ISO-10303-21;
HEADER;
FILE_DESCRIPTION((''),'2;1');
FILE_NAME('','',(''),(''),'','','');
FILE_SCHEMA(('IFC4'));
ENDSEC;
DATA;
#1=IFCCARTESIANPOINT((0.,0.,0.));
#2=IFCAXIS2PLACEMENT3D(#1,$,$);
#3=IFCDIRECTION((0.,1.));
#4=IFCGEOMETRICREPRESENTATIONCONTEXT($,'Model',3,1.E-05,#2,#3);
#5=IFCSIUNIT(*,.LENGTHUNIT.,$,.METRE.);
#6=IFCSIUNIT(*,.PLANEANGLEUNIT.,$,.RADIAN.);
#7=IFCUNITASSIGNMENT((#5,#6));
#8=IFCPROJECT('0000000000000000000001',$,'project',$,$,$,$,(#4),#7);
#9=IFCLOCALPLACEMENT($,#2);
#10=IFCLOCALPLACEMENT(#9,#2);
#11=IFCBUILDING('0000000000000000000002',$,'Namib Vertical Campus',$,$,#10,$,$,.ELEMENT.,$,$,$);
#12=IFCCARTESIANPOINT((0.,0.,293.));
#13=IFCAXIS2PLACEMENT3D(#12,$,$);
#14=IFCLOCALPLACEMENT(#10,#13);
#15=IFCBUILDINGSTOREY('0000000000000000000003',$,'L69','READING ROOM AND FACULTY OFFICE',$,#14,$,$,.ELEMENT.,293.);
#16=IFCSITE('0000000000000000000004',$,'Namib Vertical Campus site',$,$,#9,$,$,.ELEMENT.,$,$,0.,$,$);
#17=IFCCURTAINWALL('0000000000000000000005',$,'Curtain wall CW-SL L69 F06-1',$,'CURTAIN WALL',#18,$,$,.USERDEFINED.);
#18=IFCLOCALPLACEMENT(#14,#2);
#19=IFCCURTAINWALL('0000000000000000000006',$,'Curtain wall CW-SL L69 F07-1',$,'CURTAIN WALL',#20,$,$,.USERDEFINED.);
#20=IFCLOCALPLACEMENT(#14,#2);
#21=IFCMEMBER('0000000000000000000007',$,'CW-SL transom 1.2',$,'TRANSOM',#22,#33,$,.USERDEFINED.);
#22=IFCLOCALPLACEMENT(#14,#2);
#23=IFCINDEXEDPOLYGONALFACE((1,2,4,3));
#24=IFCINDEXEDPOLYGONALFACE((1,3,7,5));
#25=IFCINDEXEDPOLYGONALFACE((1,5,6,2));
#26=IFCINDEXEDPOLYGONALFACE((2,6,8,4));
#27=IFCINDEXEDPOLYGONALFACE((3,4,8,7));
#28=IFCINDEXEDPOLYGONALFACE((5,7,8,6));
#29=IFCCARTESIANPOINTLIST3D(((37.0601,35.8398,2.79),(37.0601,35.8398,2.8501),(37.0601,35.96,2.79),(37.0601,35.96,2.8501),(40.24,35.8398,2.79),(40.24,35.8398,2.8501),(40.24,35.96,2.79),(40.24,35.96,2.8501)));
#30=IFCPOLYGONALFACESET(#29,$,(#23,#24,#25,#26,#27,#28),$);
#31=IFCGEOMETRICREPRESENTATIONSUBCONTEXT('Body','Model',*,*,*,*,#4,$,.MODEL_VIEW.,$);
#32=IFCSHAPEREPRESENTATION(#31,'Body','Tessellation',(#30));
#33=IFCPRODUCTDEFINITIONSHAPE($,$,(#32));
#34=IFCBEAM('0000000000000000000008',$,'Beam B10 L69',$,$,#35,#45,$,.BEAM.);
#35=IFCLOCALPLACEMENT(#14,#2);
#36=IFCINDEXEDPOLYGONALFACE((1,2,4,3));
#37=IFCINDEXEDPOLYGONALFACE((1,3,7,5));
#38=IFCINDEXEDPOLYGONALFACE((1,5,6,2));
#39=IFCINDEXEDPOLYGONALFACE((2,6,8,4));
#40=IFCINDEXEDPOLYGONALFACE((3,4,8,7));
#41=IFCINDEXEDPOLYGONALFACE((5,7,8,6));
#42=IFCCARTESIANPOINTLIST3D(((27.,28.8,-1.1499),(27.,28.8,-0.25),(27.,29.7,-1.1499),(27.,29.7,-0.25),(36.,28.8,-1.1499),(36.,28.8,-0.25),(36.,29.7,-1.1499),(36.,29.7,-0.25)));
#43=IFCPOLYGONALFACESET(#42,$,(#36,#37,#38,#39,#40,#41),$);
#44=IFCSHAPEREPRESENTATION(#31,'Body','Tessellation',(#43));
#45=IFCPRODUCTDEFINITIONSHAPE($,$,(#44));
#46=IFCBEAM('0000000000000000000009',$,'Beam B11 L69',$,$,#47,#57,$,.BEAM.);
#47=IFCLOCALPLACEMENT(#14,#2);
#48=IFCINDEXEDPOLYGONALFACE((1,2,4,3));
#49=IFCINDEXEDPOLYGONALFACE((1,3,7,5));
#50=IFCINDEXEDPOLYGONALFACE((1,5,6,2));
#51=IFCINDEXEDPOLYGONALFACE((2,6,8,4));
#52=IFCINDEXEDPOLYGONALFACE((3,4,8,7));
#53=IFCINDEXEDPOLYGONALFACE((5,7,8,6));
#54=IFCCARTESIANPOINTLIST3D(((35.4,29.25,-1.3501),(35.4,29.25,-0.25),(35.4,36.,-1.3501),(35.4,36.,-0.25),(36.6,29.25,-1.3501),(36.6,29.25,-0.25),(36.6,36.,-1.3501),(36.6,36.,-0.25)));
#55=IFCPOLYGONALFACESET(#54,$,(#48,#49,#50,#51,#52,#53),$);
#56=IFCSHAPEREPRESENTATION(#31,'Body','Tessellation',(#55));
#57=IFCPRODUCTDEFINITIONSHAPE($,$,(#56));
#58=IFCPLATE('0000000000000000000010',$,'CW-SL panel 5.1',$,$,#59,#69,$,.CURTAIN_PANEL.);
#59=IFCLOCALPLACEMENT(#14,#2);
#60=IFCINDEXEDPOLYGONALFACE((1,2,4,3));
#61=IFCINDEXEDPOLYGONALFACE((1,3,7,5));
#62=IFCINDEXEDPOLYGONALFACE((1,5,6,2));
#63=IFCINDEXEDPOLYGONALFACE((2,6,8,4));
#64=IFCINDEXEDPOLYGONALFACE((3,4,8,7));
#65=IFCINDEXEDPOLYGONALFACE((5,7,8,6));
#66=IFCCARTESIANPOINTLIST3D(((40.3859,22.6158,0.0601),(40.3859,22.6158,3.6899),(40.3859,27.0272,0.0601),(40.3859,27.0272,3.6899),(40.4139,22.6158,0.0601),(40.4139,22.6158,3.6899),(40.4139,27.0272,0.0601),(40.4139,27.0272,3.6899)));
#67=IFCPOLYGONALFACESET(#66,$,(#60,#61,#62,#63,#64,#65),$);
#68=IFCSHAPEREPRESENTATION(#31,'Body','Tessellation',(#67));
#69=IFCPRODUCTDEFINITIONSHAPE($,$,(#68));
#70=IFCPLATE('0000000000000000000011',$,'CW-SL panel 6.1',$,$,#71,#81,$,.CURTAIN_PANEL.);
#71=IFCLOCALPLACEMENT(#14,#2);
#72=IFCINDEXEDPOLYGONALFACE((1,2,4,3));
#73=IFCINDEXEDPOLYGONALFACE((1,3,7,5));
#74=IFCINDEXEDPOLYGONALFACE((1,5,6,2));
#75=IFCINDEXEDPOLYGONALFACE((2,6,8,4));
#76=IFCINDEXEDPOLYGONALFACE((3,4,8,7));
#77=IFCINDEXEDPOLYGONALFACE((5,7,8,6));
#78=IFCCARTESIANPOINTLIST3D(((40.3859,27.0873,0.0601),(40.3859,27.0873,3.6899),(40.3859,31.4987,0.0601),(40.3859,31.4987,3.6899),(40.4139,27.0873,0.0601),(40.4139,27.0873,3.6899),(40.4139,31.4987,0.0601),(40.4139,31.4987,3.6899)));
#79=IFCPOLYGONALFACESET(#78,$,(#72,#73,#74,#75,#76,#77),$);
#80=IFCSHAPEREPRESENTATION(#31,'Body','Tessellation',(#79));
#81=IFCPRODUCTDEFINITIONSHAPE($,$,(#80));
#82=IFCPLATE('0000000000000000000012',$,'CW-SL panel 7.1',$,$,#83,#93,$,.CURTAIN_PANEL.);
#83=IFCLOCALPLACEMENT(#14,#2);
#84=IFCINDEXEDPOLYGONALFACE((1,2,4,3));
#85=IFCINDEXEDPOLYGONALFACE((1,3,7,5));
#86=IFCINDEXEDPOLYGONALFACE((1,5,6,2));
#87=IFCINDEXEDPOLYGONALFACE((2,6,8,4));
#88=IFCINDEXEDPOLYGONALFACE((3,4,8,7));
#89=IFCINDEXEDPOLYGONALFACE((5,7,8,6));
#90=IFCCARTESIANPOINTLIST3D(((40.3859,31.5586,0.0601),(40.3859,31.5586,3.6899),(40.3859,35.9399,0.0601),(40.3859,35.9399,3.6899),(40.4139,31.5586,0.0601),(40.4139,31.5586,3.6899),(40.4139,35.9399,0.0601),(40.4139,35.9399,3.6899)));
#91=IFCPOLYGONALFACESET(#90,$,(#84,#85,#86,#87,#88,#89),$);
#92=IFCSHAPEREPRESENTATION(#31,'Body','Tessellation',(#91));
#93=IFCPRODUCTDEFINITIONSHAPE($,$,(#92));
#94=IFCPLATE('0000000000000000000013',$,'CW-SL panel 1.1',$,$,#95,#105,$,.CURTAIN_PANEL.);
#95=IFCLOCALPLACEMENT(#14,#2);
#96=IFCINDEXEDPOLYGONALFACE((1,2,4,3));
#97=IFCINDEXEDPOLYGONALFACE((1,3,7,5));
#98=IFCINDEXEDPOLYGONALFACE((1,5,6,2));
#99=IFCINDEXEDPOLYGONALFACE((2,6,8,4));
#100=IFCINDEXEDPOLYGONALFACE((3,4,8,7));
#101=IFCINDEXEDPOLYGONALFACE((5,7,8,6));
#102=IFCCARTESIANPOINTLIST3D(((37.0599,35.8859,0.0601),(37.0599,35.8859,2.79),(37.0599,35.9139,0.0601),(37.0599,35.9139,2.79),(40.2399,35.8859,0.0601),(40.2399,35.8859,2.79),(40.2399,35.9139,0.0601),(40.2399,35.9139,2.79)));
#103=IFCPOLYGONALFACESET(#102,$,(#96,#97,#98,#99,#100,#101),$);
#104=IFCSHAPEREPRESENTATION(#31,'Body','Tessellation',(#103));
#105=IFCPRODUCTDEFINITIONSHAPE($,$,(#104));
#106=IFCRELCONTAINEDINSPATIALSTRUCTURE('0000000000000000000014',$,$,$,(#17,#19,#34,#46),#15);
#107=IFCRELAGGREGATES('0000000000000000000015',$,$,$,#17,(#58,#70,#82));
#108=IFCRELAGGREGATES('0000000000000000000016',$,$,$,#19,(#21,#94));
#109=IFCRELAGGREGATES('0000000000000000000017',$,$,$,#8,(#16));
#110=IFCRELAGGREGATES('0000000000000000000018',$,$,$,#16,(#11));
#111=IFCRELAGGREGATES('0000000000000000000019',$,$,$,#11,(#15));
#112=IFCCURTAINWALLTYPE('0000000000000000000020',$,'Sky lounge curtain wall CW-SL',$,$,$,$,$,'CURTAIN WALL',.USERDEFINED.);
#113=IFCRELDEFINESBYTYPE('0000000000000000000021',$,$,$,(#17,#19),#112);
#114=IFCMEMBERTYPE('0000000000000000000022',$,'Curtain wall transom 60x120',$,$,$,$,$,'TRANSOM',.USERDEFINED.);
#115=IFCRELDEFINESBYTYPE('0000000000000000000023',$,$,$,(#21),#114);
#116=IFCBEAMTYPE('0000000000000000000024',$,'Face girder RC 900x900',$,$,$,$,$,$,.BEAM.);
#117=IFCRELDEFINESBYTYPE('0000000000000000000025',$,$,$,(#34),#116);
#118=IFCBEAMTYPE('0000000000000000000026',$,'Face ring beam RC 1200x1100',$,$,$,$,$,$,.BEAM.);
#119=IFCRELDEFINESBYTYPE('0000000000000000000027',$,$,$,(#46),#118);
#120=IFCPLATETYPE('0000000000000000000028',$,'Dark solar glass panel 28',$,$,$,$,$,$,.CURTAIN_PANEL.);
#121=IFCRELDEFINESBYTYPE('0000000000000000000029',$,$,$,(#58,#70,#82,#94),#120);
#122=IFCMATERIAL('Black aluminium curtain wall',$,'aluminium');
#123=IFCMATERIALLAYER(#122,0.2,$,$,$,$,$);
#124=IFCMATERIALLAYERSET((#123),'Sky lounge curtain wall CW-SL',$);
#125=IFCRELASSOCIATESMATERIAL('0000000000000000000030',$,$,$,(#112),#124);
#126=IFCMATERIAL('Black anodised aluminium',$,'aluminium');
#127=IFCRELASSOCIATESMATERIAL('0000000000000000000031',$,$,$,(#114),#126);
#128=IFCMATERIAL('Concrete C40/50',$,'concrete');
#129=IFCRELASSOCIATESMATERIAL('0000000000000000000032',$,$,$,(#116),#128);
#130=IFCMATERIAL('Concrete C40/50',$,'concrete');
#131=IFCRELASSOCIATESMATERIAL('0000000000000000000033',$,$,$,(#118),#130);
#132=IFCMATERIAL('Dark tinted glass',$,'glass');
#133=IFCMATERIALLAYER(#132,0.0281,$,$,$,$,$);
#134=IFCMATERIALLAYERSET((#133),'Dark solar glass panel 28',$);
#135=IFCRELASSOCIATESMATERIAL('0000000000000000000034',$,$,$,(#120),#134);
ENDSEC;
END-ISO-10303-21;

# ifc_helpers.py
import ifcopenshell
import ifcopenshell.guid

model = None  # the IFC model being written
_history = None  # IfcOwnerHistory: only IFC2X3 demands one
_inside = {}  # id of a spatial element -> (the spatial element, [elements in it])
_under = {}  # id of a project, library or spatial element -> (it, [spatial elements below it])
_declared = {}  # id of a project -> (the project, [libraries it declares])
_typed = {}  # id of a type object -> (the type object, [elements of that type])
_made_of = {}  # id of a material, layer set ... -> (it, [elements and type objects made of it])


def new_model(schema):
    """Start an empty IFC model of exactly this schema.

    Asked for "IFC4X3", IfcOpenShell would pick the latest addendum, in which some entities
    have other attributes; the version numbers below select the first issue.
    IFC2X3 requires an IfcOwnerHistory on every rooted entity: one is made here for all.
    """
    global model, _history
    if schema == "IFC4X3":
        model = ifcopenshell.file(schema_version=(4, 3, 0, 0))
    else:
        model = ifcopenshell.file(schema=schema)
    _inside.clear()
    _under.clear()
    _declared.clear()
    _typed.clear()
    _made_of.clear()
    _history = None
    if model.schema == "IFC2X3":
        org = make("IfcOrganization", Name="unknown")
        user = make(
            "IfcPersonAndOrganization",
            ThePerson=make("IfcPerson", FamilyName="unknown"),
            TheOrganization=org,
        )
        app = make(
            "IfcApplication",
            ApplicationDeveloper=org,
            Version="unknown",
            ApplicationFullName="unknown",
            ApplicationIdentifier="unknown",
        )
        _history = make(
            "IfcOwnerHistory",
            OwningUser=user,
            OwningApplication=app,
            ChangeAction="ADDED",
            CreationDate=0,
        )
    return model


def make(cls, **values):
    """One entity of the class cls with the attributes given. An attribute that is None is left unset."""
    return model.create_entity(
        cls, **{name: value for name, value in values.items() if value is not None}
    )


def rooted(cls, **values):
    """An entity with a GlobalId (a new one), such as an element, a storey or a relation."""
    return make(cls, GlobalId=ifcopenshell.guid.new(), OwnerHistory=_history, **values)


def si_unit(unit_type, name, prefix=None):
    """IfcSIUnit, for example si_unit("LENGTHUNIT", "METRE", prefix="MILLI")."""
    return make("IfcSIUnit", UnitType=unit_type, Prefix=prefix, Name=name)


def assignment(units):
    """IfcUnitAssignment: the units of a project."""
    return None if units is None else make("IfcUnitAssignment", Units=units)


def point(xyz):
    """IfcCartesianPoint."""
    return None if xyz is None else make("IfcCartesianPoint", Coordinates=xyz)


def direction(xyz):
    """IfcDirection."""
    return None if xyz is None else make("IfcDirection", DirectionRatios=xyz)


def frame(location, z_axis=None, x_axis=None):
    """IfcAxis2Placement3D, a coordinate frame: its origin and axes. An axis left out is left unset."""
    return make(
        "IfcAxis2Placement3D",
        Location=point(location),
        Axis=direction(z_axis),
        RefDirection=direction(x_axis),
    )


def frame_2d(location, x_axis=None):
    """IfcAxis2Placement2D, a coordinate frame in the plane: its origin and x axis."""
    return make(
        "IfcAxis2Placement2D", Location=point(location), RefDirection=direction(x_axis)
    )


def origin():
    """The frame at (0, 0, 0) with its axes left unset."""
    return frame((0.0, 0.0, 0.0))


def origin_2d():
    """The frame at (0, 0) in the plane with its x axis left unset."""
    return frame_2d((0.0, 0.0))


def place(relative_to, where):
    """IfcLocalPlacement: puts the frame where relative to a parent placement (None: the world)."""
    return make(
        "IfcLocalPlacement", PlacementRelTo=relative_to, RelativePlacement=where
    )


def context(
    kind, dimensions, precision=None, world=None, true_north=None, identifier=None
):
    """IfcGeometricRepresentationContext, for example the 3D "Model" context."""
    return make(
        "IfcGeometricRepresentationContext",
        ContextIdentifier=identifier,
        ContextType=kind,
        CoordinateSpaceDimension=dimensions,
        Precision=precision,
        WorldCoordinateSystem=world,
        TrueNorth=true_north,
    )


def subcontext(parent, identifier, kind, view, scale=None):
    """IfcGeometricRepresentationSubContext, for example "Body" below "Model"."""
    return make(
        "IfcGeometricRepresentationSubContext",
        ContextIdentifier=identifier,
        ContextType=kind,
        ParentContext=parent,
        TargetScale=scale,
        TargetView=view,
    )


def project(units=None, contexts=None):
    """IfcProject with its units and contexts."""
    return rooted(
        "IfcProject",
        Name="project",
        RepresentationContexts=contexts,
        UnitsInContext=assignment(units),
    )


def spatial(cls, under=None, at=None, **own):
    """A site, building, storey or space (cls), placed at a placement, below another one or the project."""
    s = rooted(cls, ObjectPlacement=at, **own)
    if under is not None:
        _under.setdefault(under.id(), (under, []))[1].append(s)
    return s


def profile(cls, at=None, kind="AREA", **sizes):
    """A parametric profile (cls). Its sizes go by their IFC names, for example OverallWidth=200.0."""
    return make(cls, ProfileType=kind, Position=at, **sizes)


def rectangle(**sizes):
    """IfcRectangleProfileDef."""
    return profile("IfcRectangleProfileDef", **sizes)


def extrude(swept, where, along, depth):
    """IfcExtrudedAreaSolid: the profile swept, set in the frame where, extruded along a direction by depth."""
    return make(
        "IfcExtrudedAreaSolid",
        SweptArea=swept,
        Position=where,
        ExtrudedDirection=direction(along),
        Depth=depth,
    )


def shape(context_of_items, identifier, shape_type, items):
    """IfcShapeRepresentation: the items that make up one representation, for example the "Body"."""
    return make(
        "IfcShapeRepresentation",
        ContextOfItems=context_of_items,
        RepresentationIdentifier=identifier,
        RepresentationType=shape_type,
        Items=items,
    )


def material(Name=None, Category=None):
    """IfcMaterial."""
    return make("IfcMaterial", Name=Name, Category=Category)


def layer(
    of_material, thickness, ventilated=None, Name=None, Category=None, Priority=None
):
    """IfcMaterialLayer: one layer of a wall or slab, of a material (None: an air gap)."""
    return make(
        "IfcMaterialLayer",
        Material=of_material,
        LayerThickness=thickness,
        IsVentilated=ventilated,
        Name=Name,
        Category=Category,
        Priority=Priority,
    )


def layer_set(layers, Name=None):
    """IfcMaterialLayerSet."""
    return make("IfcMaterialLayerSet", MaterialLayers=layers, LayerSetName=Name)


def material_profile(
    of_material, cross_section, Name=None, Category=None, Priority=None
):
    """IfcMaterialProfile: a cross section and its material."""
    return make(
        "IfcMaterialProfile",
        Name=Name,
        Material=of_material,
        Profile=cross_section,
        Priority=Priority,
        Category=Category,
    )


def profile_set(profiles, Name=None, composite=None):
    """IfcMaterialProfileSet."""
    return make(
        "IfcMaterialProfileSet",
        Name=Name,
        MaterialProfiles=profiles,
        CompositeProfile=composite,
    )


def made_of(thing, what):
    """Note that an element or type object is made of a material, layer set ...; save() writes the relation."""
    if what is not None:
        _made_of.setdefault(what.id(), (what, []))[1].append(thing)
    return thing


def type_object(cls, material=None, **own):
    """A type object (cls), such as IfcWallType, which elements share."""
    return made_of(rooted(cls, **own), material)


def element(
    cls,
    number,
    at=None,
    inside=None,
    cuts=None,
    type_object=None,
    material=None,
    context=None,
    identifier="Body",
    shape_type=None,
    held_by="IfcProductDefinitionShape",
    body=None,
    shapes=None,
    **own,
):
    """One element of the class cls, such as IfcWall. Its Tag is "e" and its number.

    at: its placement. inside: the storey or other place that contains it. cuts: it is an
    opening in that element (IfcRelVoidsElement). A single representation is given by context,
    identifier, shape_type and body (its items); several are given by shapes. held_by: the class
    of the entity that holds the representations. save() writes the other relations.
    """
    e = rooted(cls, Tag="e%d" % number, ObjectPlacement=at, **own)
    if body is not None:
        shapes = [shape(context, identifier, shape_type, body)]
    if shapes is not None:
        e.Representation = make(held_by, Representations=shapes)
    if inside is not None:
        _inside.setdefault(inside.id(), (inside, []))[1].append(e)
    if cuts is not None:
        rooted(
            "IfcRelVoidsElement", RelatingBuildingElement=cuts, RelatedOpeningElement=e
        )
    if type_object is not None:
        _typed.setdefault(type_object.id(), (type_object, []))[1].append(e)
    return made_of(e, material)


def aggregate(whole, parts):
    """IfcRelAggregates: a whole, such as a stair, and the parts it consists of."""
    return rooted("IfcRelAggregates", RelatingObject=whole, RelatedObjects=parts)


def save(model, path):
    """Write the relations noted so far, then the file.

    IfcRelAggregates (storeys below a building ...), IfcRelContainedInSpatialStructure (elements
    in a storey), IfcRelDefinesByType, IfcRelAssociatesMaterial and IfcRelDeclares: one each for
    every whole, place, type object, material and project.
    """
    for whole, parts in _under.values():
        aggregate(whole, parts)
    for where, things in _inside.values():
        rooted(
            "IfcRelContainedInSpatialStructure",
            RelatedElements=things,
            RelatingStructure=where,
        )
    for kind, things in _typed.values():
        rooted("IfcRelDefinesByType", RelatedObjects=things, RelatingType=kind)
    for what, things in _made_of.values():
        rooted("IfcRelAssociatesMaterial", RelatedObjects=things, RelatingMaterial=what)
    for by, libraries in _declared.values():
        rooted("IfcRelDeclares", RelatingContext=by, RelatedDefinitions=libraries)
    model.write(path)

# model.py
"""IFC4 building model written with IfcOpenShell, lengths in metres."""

from ifc_helpers import new_model, si_unit, direction, frame, origin, origin_2d, place, context, subcontext, project, spatial, rectangle, extrude, material, layer, layer_set, material_profile, profile_set, type_object, element, aggregate, save


model = new_model("IFC4")

# Units and contexts
model_context = context("Model", 3, precision=1e-05, world=origin(), true_north=direction((0.0, 1.0)))
body_context = subcontext(model_context, "Body", "Model", "MODEL_VIEW")
ifc_project = project(units=[si_unit("LENGTHUNIT", "METRE"), si_unit("PLANEANGLEUNIT", "RADIAN")], contexts=[model_context])

# Site, building, storey
site_placement = place(None, origin())
site = spatial("IfcSite", under=ifc_project, at=site_placement, Name="Namib Vertical Campus site", CompositionType="ELEMENT", RefElevation=0.0)
building_placement = place(site_placement, origin())
building = spatial("IfcBuilding", under=site, at=building_placement, Name="Namib Vertical Campus", CompositionType="ELEMENT")
storey_placement = place(building_placement, frame((0.0, 0.0, 293.0)))
storey = spatial("IfcBuildingStorey", under=building, at=storey_placement, Name="L69", Description="READING ROOM AND FACULTY OFFICE", CompositionType="ELEMENT", Elevation=293.0)

# Curtain walls
ifc_material_1 = material(Name="Black aluminium curtain wall", Category="aluminium")
ifc_layer_1 = layer(ifc_material_1, 0.2)
ifc_layer_set_1 = layer_set([ifc_layer_1], Name="Sky lounge curtain wall CW-SL")
curtain_wall_type = type_object("IfcCurtainWallType", Name="Sky lounge curtain wall CW-SL", ElementType="CURTAIN WALL", PredefinedType="USERDEFINED", material=ifc_layer_set_1)
curtain_wall_1_placement = place(storey_placement, origin())
curtain_wall_1 = element("IfcCurtainWall", 1, at=curtain_wall_1_placement, inside=storey, type_object=curtain_wall_type, Name="Curtain wall CW-SL L69 F06-1", ObjectType="CURTAIN WALL", PredefinedType="USERDEFINED")
curtain_wall_2_placement = place(storey_placement, origin())
curtain_wall_2 = element("IfcCurtainWall", 2, at=curtain_wall_2_placement, inside=storey, type_object=curtain_wall_type, Name="Curtain wall CW-SL L69 F07-1", ObjectType="CURTAIN WALL", PredefinedType="USERDEFINED")

# Member
ifc_material_2 = material(Name="Black anodised aluminium", Category="aluminium")
ifc_material_profile_1 = material_profile(ifc_material_2, rectangle(XDim=0.0601, YDim=0.1201, at=origin_2d()))
ifc_profile_set_1 = profile_set([ifc_material_profile_1], Name="Black anodised aluminium")
member_type_1 = type_object("IfcMemberType", Name="Curtain wall transom 60x120", ElementType="TRANSOM", PredefinedType="USERDEFINED", material=ifc_profile_set_1)
member_1_placement = place(storey_placement, frame((40.24, 35.8999, 2.8201), z_axis=(-1.0, 0.0, 0.0), x_axis=(0.0, 0.0, 1.0)))
member_1 = element("IfcMember", 3, at=member_1_placement, type_object=member_type_1, Name="CW-SL transom 1.2", ObjectType="TRANSOM", PredefinedType="USERDEFINED", context=body_context, shape_type="SweptSolid", body=[
    extrude(rectangle(XDim=0.0601, YDim=0.1201, at=origin_2d()), origin(), (0.0, 0.0, 1.0), 3.1799),
])

# Beams
ifc_material_3 = material(Name="Concrete C40/50", Category="concrete")
ifc_material_profile_2 = material_profile(ifc_material_3, rectangle(XDim=0.8999, YDim=0.8999, at=origin_2d()))
ifc_profile_set_2 = profile_set([ifc_material_profile_2], Name="Concrete C40/50")
beam_type_1 = type_object("IfcBeamType", Name="Face girder RC 900x900", PredefinedType="BEAM", material=ifc_profile_set_2)
beam_1_placement = place(storey_placement, frame((36.0, 29.25, -0.7), z_axis=(-1.0, 0.0, 0.0), x_axis=(0.0, -1.0, 0.0)))
element("IfcBeam", 4, at=beam_1_placement, inside=storey, type_object=beam_type_1, Name="Beam B10 L69", PredefinedType="BEAM", context=body_context, shape_type="SweptSolid", body=[
    extrude(rectangle(XDim=0.8999, YDim=0.8999, at=origin_2d()), origin(), (0.0, 0.0, 1.0), 9.0),
])
ifc_material_4 = material(Name="Concrete C40/50", Category="concrete")
ifc_material_profile_3 = material_profile(ifc_material_4, rectangle(XDim=1.2, YDim=1.1001, at=origin_2d()))
ifc_profile_set_3 = profile_set([ifc_material_profile_3], Name="Concrete C40/50")
beam_type_2 = type_object("IfcBeamType", Name="Face ring beam RC 1200x1100", PredefinedType="BEAM", material=ifc_profile_set_3)
beam_2_placement = place(storey_placement, frame((36.0, 29.25, -0.8), z_axis=(0.0, 1.0, 0.0), x_axis=(-1.0, 0.0, 0.0)))
element("IfcBeam", 5, at=beam_2_placement, inside=storey, type_object=beam_type_2, Name="Beam B11 L69", PredefinedType="BEAM", context=body_context, shape_type="SweptSolid", body=[
    extrude(rectangle(XDim=1.2, YDim=1.1001, at=origin_2d()), origin(), (0.0, 0.0, 1.0), 6.75),
])

# Plates
ifc_material_5 = material(Name="Dark tinted glass", Category="glass")
ifc_layer_2 = layer(ifc_material_5, 0.0281)
ifc_layer_set_2 = layer_set([ifc_layer_2], Name="Dark solar glass panel 28")
plate_type = type_object("IfcPlateType", Name="Dark solar glass panel 28", PredefinedType="CURTAIN_PANEL", material=ifc_layer_set_2)
plate_1_placement = place(storey_placement, frame((40.3999, 24.8215, 0.0601), z_axis=(0.0, 0.0, 1.0), x_axis=(0.0, 1.0, 0.0)))
plate_1 = element("IfcPlate", 6, at=plate_1_placement, type_object=plate_type, Name="CW-SL panel 5.1", PredefinedType="CURTAIN_PANEL", context=body_context, shape_type="SweptSolid", body=[
    extrude(rectangle(XDim=4.4114, YDim=0.0281, at=origin_2d()), origin(), (0.0, 0.0, 1.0), 3.6299),
])
plate_2_placement = place(storey_placement, frame((40.3999, 29.293, 0.0601), z_axis=(0.0, 0.0, 1.0), x_axis=(0.0, 1.0, 0.0)))
plate_2 = element("IfcPlate", 7, at=plate_2_placement, type_object=plate_type, Name="CW-SL panel 6.1", PredefinedType="CURTAIN_PANEL", context=body_context, shape_type="SweptSolid", body=[
    extrude(rectangle(XDim=4.4114, YDim=0.0281, at=origin_2d()), origin(), (0.0, 0.0, 1.0), 3.6299),
])
plate_3_placement = place(storey_placement, frame((40.3999, 33.7493, 0.0601), z_axis=(0.0, 0.0, 1.0), x_axis=(0.0, 1.0, 0.0)))
plate_3 = element("IfcPlate", 8, at=plate_3_placement, type_object=plate_type, Name="CW-SL panel 7.1", PredefinedType="CURTAIN_PANEL", context=body_context, shape_type="SweptSolid", body=[
    extrude(rectangle(XDim=4.3813, YDim=0.0281, at=origin_2d()), origin(), (0.0, 0.0, 1.0), 3.6299),
])
aggregate(curtain_wall_1, [plate_1, plate_2, plate_3])
plate_4_placement = place(storey_placement, frame((38.6499, 35.8999, 0.0601), z_axis=(0.0, 0.0, 1.0), x_axis=(-1.0, 0.0, 0.0)))
plate_4 = element("IfcPlate", 9, at=plate_4_placement, type_object=plate_type, Name="CW-SL panel 1.1", PredefinedType="CURTAIN_PANEL", context=body_context, shape_type="SweptSolid", body=[
    extrude(rectangle(XDim=3.1799, YDim=0.0281, at=origin_2d()), origin(), (0.0, 0.0, 1.0), 2.73),
])
aggregate(curtain_wall_2, [member_1, plate_4])

save(model, "model.ifc")
